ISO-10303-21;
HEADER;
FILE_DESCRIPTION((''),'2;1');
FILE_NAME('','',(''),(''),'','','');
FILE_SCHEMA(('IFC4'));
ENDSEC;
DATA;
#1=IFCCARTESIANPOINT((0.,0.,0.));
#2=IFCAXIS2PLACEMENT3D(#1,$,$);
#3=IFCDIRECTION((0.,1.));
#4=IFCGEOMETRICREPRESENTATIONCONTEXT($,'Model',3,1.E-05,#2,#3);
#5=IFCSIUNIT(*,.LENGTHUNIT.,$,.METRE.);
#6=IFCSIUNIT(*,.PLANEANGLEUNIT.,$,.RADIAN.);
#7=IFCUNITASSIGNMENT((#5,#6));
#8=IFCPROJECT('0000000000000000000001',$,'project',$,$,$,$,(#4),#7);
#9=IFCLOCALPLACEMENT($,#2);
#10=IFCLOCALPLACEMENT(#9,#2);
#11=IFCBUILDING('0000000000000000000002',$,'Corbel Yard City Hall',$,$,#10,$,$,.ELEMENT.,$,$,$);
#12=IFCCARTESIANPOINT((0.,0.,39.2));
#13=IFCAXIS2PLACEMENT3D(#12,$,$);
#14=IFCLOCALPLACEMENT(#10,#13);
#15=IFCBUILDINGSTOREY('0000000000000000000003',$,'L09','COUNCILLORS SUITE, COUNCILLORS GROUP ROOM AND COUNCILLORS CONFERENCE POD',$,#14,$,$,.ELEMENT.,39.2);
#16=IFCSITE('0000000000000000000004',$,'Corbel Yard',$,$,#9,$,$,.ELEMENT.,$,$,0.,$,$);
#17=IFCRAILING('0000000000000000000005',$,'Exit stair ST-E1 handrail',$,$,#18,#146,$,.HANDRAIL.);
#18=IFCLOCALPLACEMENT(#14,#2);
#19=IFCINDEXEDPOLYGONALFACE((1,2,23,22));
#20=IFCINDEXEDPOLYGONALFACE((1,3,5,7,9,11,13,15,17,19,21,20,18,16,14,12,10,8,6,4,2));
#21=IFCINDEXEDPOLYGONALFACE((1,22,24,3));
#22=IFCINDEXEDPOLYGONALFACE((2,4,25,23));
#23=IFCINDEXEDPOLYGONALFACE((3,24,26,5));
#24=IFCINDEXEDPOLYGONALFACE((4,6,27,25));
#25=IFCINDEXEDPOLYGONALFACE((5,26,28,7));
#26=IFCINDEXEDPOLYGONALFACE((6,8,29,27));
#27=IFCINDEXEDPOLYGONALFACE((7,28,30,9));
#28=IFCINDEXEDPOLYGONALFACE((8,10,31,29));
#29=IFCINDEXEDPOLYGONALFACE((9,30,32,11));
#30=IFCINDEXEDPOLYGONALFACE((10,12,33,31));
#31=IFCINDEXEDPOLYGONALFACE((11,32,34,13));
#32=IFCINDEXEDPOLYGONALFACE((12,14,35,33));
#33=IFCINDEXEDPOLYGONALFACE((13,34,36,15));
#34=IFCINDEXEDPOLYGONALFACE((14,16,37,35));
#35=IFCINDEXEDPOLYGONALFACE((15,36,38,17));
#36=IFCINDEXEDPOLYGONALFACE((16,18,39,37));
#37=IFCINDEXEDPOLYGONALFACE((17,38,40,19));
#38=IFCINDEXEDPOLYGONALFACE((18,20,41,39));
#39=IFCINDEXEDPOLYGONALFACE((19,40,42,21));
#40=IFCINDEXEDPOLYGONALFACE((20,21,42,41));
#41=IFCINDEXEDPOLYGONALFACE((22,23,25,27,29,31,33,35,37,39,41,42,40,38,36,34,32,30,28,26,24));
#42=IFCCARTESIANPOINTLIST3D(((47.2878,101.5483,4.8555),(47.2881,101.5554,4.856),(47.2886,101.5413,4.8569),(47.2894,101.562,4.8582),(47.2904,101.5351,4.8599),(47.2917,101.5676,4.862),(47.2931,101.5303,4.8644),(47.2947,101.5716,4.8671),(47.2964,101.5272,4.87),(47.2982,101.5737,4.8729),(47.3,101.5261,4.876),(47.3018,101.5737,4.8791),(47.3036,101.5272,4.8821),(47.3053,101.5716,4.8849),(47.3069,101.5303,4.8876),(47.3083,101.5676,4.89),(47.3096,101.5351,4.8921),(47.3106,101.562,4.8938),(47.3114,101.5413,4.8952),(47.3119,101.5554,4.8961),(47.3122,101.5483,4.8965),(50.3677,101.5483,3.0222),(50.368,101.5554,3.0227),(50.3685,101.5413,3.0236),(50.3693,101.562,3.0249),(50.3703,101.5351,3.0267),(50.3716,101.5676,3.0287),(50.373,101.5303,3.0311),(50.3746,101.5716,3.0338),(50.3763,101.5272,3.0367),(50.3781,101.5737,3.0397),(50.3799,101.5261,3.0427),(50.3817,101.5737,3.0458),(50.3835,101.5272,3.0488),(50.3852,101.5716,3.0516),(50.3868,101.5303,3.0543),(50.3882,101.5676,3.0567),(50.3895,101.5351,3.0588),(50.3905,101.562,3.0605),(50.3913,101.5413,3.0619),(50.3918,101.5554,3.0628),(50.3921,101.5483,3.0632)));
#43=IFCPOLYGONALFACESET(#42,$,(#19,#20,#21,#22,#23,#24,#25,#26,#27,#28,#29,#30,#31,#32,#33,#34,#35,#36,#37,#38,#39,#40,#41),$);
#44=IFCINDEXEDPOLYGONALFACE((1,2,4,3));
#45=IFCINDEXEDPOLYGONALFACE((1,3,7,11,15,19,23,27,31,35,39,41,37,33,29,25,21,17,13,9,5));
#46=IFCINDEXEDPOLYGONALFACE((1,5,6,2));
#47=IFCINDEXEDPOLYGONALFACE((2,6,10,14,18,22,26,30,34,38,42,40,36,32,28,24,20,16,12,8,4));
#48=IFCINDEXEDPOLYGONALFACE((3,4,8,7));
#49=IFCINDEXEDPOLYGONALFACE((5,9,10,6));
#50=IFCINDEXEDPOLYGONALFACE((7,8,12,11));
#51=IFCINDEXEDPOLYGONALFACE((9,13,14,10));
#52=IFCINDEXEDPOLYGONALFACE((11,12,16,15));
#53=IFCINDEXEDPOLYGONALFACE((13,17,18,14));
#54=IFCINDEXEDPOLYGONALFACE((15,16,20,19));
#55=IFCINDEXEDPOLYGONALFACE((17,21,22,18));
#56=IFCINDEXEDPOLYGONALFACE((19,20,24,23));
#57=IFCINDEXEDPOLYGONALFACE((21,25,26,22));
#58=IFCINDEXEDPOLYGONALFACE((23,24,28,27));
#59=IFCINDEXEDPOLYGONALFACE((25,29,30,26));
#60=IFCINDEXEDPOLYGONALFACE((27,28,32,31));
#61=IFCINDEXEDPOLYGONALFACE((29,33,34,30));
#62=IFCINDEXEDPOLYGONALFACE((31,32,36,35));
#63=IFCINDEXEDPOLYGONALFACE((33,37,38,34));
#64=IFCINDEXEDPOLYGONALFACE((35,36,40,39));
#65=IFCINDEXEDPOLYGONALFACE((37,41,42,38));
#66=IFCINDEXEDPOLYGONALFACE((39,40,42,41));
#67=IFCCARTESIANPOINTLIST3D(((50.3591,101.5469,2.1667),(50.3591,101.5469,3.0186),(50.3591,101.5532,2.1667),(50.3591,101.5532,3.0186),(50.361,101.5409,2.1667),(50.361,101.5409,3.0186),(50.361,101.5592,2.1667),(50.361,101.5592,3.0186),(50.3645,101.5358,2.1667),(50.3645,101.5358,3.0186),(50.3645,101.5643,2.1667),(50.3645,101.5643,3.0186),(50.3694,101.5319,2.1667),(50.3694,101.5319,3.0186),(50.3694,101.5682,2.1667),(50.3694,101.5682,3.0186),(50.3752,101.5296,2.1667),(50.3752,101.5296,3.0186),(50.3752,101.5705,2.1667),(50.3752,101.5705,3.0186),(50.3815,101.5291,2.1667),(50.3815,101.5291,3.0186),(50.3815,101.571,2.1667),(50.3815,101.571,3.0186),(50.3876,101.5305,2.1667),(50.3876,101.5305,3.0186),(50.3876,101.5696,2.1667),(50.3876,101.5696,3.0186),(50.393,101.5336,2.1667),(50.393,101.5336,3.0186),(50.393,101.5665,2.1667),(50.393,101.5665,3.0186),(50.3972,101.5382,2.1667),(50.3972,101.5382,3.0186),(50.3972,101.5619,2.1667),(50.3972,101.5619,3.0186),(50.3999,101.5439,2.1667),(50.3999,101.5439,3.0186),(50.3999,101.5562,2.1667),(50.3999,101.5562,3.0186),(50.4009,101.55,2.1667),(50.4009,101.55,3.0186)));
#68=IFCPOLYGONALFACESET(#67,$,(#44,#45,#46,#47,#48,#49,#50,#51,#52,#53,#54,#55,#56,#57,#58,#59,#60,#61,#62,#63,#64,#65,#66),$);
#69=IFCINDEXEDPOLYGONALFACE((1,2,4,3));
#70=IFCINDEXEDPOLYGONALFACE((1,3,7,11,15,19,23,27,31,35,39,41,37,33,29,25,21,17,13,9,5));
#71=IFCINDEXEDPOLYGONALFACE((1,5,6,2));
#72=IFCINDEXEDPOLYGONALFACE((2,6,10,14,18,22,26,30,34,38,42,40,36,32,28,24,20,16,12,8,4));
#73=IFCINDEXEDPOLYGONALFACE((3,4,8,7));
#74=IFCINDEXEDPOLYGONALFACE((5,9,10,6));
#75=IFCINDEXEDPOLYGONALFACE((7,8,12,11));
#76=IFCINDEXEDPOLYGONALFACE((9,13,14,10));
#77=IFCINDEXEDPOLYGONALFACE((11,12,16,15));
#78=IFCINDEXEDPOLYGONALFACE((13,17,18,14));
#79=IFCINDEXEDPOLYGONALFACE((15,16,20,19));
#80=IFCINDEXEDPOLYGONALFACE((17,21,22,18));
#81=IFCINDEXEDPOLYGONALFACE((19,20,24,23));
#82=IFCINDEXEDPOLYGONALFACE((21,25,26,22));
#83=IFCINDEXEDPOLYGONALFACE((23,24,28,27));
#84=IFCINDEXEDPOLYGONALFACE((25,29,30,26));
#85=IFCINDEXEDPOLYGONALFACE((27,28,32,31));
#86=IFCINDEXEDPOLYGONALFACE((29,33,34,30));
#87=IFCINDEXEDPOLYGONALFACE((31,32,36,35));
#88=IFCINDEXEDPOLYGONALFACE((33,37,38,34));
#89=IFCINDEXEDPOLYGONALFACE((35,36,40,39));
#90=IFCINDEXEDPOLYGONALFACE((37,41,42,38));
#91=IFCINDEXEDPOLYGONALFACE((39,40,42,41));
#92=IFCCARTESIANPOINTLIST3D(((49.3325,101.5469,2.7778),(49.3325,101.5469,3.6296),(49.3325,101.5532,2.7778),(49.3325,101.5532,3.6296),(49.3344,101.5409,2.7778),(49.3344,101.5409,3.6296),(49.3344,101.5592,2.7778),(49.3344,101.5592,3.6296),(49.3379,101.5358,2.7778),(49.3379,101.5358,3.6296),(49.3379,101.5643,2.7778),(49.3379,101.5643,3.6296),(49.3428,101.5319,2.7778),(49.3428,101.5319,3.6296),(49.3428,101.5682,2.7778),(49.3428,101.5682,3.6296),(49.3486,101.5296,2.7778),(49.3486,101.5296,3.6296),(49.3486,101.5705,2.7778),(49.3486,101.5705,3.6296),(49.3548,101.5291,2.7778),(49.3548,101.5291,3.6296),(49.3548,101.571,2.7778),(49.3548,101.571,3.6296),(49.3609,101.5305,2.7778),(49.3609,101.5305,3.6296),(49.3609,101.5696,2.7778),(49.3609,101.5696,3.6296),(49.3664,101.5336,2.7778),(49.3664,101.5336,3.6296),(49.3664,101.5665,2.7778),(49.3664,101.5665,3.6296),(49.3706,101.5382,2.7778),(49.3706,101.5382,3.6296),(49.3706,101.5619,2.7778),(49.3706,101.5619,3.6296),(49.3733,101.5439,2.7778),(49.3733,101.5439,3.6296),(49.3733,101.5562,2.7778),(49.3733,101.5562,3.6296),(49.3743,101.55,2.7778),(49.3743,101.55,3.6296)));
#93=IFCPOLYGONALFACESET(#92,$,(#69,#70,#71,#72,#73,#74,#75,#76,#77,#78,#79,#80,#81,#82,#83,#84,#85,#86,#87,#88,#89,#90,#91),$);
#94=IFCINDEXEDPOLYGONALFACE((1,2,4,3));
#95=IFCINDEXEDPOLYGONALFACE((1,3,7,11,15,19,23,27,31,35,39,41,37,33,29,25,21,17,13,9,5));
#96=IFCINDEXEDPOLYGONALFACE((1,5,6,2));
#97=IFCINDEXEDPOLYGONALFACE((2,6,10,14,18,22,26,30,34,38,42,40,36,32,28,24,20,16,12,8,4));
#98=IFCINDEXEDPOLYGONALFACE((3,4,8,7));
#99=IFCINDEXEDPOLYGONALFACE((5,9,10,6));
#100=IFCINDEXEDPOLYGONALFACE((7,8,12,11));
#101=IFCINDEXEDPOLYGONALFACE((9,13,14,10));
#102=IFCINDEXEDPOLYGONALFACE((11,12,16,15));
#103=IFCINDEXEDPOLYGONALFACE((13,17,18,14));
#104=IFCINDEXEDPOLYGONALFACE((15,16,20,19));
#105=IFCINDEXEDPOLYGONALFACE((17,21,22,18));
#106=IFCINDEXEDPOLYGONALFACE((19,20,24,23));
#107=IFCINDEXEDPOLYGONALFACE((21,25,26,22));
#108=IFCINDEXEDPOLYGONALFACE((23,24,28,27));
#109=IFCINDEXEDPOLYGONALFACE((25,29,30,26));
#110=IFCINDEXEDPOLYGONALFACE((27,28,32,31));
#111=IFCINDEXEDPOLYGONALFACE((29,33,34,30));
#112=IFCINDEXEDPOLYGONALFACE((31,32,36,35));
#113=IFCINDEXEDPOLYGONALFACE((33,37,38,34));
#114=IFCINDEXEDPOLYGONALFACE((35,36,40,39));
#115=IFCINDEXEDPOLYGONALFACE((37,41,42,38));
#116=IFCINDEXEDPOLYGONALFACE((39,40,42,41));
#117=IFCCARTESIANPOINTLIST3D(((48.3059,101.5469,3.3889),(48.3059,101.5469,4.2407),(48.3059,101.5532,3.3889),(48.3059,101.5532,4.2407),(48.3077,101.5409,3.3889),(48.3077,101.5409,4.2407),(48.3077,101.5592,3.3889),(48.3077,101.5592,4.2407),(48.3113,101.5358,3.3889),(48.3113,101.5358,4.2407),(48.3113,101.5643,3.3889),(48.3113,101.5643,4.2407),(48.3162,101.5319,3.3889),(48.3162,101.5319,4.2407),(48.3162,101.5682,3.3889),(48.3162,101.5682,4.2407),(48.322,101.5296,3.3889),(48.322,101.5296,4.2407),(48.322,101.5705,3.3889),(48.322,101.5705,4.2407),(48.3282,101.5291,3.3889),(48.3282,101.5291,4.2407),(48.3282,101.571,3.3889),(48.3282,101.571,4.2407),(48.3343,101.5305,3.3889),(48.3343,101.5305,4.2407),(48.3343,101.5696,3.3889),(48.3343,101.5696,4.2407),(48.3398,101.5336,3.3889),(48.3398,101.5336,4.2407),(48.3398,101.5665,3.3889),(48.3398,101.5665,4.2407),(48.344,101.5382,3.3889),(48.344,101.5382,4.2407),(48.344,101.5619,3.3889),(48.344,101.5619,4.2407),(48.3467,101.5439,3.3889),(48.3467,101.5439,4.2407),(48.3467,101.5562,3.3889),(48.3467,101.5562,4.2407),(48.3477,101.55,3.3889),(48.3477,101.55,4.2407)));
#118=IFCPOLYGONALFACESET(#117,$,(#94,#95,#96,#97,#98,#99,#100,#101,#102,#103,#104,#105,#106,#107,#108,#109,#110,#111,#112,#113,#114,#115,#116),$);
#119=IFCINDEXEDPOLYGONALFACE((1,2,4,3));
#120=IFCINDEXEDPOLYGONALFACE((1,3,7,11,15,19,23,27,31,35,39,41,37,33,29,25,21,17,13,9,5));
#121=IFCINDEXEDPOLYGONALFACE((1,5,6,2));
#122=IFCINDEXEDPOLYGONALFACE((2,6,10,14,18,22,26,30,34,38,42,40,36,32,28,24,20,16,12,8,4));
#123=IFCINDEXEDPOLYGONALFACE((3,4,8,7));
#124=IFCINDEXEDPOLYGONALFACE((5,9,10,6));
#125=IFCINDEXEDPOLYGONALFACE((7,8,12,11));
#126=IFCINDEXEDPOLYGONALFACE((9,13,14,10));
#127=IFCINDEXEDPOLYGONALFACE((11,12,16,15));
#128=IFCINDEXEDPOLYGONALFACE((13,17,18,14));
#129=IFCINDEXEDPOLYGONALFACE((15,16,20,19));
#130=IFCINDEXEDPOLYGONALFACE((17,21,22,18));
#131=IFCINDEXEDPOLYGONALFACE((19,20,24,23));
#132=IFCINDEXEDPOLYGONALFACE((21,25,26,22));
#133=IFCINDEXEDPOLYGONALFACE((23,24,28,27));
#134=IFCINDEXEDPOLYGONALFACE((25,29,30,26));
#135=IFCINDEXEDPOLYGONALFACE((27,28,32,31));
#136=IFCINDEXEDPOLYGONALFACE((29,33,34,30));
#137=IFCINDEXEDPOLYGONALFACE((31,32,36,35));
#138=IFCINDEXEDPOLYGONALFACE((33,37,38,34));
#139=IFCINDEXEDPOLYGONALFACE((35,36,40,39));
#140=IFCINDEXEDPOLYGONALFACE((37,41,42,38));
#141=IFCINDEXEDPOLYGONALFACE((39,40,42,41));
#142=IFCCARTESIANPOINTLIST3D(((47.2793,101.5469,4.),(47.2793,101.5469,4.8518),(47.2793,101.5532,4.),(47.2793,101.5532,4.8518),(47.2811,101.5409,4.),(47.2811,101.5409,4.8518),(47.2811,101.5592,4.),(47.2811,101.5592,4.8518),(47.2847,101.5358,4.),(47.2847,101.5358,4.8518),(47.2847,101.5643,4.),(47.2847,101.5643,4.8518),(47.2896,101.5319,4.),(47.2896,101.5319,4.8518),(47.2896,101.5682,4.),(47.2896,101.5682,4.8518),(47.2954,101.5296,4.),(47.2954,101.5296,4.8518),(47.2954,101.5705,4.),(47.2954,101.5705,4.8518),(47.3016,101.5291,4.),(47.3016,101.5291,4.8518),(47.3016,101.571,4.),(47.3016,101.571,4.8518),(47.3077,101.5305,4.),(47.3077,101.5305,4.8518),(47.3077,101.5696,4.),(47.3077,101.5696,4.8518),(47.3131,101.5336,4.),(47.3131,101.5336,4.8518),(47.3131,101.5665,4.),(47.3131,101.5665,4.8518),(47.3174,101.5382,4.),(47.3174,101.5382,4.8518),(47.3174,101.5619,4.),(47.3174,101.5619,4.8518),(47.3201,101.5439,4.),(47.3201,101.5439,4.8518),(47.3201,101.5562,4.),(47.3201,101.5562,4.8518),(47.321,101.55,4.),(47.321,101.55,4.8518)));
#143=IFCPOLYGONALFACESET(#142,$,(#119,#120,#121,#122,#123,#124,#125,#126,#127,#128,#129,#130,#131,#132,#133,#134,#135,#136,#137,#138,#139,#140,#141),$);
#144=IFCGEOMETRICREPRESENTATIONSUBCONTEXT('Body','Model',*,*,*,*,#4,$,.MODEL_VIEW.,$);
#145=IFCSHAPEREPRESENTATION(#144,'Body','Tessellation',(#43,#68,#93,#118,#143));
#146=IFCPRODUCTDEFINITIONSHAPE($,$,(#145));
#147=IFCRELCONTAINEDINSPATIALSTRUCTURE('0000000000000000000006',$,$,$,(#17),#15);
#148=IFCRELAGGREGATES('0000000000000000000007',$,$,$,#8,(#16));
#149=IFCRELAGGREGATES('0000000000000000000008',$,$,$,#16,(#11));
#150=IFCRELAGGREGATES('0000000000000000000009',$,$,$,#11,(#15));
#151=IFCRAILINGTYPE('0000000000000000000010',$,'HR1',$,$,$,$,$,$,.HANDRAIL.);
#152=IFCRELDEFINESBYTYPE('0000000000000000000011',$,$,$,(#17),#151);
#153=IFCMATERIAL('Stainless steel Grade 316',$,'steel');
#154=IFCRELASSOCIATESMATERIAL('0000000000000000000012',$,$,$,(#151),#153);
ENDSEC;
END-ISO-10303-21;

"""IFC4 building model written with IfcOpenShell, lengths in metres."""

from ifc_helpers import new_model, si_unit, direction, frame, origin, origin_2d, place, context, subcontext, project, spatial, circle, extrude, material, type_object, element, save


model = new_model("IFC4")

# Units and contexts
model_context = context("Model", 3, precision=1e-05, world=origin(), true_north=direction((0.0, 1.0)))
body_context = subcontext(model_context, "Body", "Model", "MODEL_VIEW")
ifc_project = project(units=[si_unit("LENGTHUNIT", "METRE"), si_unit("PLANEANGLEUNIT", "RADIAN")], contexts=[model_context])

# Site, building, storey
site_placement = place(None, origin())
site = spatial("IfcSite", under=ifc_project, at=site_placement, Name="Corbel Yard", CompositionType="ELEMENT", RefElevation=0.0)
building_placement = place(site_placement, origin())
building = spatial("IfcBuilding", under=site, at=building_placement, Name="Corbel Yard City Hall", CompositionType="ELEMENT")
storey_placement = place(building_placement, frame((0.0, 0.0, 39.2)))
storey = spatial("IfcBuildingStorey", under=building, at=storey_placement, Name="L09", Description="COUNCILLORS SUITE, COUNCILLORS GROUP ROOM AND COUNCILLORS CONFERENCE POD", CompositionType="ELEMENT", Elevation=39.2)

# Shared definitions
ifc_material_1 = material(Name="Stainless steel Grade 316", Category="steel")

# Railing
railing_type = type_object("IfcRailingType", Name="HR1", PredefinedType="HANDRAIL", material=ifc_material_1)
for number, where, name in (
    (1, (50.3799, 101.55, 2.1667), "Exit stair ST-E1 handrail"),
):
    element("IfcRailing", number, at=place(storey_placement, frame(where)), inside=storey, type_object=railing_type, Name=name, PredefinedType="HANDRAIL", context=body_context, shape_type="SweptSolid", body=[
        extrude(circle(Radius=0.0239, at=origin_2d()), frame((0.0, 0.0, 0.876), z_axis=(-0.859291, 0.0, 0.511487), x_axis=(0.0, -1.0, 0.0)), (0.0, 0.0, 1.0), 3.5842),
        extrude(circle(Radius=0.021, at=origin_2d()), origin(), (0.0, 0.0, 1.0), 0.8518),
        extrude(circle(Radius=0.021, at=origin_2d()), frame((-1.0266, 0.0, 0.6111)), (0.0, 0.0, 1.0), 0.8518),
        extrude(circle(Radius=0.021, at=origin_2d()), frame((-2.0532, 0.0, 1.2222)), (0.0, 0.0, 1.0), 0.8518),
        extrude(circle(Radius=0.021, at=origin_2d()), frame((-3.0798, 0.0, 1.8333)), (0.0, 0.0, 1.0), 0.8518),
    ])

save(model, "model.ifc")
